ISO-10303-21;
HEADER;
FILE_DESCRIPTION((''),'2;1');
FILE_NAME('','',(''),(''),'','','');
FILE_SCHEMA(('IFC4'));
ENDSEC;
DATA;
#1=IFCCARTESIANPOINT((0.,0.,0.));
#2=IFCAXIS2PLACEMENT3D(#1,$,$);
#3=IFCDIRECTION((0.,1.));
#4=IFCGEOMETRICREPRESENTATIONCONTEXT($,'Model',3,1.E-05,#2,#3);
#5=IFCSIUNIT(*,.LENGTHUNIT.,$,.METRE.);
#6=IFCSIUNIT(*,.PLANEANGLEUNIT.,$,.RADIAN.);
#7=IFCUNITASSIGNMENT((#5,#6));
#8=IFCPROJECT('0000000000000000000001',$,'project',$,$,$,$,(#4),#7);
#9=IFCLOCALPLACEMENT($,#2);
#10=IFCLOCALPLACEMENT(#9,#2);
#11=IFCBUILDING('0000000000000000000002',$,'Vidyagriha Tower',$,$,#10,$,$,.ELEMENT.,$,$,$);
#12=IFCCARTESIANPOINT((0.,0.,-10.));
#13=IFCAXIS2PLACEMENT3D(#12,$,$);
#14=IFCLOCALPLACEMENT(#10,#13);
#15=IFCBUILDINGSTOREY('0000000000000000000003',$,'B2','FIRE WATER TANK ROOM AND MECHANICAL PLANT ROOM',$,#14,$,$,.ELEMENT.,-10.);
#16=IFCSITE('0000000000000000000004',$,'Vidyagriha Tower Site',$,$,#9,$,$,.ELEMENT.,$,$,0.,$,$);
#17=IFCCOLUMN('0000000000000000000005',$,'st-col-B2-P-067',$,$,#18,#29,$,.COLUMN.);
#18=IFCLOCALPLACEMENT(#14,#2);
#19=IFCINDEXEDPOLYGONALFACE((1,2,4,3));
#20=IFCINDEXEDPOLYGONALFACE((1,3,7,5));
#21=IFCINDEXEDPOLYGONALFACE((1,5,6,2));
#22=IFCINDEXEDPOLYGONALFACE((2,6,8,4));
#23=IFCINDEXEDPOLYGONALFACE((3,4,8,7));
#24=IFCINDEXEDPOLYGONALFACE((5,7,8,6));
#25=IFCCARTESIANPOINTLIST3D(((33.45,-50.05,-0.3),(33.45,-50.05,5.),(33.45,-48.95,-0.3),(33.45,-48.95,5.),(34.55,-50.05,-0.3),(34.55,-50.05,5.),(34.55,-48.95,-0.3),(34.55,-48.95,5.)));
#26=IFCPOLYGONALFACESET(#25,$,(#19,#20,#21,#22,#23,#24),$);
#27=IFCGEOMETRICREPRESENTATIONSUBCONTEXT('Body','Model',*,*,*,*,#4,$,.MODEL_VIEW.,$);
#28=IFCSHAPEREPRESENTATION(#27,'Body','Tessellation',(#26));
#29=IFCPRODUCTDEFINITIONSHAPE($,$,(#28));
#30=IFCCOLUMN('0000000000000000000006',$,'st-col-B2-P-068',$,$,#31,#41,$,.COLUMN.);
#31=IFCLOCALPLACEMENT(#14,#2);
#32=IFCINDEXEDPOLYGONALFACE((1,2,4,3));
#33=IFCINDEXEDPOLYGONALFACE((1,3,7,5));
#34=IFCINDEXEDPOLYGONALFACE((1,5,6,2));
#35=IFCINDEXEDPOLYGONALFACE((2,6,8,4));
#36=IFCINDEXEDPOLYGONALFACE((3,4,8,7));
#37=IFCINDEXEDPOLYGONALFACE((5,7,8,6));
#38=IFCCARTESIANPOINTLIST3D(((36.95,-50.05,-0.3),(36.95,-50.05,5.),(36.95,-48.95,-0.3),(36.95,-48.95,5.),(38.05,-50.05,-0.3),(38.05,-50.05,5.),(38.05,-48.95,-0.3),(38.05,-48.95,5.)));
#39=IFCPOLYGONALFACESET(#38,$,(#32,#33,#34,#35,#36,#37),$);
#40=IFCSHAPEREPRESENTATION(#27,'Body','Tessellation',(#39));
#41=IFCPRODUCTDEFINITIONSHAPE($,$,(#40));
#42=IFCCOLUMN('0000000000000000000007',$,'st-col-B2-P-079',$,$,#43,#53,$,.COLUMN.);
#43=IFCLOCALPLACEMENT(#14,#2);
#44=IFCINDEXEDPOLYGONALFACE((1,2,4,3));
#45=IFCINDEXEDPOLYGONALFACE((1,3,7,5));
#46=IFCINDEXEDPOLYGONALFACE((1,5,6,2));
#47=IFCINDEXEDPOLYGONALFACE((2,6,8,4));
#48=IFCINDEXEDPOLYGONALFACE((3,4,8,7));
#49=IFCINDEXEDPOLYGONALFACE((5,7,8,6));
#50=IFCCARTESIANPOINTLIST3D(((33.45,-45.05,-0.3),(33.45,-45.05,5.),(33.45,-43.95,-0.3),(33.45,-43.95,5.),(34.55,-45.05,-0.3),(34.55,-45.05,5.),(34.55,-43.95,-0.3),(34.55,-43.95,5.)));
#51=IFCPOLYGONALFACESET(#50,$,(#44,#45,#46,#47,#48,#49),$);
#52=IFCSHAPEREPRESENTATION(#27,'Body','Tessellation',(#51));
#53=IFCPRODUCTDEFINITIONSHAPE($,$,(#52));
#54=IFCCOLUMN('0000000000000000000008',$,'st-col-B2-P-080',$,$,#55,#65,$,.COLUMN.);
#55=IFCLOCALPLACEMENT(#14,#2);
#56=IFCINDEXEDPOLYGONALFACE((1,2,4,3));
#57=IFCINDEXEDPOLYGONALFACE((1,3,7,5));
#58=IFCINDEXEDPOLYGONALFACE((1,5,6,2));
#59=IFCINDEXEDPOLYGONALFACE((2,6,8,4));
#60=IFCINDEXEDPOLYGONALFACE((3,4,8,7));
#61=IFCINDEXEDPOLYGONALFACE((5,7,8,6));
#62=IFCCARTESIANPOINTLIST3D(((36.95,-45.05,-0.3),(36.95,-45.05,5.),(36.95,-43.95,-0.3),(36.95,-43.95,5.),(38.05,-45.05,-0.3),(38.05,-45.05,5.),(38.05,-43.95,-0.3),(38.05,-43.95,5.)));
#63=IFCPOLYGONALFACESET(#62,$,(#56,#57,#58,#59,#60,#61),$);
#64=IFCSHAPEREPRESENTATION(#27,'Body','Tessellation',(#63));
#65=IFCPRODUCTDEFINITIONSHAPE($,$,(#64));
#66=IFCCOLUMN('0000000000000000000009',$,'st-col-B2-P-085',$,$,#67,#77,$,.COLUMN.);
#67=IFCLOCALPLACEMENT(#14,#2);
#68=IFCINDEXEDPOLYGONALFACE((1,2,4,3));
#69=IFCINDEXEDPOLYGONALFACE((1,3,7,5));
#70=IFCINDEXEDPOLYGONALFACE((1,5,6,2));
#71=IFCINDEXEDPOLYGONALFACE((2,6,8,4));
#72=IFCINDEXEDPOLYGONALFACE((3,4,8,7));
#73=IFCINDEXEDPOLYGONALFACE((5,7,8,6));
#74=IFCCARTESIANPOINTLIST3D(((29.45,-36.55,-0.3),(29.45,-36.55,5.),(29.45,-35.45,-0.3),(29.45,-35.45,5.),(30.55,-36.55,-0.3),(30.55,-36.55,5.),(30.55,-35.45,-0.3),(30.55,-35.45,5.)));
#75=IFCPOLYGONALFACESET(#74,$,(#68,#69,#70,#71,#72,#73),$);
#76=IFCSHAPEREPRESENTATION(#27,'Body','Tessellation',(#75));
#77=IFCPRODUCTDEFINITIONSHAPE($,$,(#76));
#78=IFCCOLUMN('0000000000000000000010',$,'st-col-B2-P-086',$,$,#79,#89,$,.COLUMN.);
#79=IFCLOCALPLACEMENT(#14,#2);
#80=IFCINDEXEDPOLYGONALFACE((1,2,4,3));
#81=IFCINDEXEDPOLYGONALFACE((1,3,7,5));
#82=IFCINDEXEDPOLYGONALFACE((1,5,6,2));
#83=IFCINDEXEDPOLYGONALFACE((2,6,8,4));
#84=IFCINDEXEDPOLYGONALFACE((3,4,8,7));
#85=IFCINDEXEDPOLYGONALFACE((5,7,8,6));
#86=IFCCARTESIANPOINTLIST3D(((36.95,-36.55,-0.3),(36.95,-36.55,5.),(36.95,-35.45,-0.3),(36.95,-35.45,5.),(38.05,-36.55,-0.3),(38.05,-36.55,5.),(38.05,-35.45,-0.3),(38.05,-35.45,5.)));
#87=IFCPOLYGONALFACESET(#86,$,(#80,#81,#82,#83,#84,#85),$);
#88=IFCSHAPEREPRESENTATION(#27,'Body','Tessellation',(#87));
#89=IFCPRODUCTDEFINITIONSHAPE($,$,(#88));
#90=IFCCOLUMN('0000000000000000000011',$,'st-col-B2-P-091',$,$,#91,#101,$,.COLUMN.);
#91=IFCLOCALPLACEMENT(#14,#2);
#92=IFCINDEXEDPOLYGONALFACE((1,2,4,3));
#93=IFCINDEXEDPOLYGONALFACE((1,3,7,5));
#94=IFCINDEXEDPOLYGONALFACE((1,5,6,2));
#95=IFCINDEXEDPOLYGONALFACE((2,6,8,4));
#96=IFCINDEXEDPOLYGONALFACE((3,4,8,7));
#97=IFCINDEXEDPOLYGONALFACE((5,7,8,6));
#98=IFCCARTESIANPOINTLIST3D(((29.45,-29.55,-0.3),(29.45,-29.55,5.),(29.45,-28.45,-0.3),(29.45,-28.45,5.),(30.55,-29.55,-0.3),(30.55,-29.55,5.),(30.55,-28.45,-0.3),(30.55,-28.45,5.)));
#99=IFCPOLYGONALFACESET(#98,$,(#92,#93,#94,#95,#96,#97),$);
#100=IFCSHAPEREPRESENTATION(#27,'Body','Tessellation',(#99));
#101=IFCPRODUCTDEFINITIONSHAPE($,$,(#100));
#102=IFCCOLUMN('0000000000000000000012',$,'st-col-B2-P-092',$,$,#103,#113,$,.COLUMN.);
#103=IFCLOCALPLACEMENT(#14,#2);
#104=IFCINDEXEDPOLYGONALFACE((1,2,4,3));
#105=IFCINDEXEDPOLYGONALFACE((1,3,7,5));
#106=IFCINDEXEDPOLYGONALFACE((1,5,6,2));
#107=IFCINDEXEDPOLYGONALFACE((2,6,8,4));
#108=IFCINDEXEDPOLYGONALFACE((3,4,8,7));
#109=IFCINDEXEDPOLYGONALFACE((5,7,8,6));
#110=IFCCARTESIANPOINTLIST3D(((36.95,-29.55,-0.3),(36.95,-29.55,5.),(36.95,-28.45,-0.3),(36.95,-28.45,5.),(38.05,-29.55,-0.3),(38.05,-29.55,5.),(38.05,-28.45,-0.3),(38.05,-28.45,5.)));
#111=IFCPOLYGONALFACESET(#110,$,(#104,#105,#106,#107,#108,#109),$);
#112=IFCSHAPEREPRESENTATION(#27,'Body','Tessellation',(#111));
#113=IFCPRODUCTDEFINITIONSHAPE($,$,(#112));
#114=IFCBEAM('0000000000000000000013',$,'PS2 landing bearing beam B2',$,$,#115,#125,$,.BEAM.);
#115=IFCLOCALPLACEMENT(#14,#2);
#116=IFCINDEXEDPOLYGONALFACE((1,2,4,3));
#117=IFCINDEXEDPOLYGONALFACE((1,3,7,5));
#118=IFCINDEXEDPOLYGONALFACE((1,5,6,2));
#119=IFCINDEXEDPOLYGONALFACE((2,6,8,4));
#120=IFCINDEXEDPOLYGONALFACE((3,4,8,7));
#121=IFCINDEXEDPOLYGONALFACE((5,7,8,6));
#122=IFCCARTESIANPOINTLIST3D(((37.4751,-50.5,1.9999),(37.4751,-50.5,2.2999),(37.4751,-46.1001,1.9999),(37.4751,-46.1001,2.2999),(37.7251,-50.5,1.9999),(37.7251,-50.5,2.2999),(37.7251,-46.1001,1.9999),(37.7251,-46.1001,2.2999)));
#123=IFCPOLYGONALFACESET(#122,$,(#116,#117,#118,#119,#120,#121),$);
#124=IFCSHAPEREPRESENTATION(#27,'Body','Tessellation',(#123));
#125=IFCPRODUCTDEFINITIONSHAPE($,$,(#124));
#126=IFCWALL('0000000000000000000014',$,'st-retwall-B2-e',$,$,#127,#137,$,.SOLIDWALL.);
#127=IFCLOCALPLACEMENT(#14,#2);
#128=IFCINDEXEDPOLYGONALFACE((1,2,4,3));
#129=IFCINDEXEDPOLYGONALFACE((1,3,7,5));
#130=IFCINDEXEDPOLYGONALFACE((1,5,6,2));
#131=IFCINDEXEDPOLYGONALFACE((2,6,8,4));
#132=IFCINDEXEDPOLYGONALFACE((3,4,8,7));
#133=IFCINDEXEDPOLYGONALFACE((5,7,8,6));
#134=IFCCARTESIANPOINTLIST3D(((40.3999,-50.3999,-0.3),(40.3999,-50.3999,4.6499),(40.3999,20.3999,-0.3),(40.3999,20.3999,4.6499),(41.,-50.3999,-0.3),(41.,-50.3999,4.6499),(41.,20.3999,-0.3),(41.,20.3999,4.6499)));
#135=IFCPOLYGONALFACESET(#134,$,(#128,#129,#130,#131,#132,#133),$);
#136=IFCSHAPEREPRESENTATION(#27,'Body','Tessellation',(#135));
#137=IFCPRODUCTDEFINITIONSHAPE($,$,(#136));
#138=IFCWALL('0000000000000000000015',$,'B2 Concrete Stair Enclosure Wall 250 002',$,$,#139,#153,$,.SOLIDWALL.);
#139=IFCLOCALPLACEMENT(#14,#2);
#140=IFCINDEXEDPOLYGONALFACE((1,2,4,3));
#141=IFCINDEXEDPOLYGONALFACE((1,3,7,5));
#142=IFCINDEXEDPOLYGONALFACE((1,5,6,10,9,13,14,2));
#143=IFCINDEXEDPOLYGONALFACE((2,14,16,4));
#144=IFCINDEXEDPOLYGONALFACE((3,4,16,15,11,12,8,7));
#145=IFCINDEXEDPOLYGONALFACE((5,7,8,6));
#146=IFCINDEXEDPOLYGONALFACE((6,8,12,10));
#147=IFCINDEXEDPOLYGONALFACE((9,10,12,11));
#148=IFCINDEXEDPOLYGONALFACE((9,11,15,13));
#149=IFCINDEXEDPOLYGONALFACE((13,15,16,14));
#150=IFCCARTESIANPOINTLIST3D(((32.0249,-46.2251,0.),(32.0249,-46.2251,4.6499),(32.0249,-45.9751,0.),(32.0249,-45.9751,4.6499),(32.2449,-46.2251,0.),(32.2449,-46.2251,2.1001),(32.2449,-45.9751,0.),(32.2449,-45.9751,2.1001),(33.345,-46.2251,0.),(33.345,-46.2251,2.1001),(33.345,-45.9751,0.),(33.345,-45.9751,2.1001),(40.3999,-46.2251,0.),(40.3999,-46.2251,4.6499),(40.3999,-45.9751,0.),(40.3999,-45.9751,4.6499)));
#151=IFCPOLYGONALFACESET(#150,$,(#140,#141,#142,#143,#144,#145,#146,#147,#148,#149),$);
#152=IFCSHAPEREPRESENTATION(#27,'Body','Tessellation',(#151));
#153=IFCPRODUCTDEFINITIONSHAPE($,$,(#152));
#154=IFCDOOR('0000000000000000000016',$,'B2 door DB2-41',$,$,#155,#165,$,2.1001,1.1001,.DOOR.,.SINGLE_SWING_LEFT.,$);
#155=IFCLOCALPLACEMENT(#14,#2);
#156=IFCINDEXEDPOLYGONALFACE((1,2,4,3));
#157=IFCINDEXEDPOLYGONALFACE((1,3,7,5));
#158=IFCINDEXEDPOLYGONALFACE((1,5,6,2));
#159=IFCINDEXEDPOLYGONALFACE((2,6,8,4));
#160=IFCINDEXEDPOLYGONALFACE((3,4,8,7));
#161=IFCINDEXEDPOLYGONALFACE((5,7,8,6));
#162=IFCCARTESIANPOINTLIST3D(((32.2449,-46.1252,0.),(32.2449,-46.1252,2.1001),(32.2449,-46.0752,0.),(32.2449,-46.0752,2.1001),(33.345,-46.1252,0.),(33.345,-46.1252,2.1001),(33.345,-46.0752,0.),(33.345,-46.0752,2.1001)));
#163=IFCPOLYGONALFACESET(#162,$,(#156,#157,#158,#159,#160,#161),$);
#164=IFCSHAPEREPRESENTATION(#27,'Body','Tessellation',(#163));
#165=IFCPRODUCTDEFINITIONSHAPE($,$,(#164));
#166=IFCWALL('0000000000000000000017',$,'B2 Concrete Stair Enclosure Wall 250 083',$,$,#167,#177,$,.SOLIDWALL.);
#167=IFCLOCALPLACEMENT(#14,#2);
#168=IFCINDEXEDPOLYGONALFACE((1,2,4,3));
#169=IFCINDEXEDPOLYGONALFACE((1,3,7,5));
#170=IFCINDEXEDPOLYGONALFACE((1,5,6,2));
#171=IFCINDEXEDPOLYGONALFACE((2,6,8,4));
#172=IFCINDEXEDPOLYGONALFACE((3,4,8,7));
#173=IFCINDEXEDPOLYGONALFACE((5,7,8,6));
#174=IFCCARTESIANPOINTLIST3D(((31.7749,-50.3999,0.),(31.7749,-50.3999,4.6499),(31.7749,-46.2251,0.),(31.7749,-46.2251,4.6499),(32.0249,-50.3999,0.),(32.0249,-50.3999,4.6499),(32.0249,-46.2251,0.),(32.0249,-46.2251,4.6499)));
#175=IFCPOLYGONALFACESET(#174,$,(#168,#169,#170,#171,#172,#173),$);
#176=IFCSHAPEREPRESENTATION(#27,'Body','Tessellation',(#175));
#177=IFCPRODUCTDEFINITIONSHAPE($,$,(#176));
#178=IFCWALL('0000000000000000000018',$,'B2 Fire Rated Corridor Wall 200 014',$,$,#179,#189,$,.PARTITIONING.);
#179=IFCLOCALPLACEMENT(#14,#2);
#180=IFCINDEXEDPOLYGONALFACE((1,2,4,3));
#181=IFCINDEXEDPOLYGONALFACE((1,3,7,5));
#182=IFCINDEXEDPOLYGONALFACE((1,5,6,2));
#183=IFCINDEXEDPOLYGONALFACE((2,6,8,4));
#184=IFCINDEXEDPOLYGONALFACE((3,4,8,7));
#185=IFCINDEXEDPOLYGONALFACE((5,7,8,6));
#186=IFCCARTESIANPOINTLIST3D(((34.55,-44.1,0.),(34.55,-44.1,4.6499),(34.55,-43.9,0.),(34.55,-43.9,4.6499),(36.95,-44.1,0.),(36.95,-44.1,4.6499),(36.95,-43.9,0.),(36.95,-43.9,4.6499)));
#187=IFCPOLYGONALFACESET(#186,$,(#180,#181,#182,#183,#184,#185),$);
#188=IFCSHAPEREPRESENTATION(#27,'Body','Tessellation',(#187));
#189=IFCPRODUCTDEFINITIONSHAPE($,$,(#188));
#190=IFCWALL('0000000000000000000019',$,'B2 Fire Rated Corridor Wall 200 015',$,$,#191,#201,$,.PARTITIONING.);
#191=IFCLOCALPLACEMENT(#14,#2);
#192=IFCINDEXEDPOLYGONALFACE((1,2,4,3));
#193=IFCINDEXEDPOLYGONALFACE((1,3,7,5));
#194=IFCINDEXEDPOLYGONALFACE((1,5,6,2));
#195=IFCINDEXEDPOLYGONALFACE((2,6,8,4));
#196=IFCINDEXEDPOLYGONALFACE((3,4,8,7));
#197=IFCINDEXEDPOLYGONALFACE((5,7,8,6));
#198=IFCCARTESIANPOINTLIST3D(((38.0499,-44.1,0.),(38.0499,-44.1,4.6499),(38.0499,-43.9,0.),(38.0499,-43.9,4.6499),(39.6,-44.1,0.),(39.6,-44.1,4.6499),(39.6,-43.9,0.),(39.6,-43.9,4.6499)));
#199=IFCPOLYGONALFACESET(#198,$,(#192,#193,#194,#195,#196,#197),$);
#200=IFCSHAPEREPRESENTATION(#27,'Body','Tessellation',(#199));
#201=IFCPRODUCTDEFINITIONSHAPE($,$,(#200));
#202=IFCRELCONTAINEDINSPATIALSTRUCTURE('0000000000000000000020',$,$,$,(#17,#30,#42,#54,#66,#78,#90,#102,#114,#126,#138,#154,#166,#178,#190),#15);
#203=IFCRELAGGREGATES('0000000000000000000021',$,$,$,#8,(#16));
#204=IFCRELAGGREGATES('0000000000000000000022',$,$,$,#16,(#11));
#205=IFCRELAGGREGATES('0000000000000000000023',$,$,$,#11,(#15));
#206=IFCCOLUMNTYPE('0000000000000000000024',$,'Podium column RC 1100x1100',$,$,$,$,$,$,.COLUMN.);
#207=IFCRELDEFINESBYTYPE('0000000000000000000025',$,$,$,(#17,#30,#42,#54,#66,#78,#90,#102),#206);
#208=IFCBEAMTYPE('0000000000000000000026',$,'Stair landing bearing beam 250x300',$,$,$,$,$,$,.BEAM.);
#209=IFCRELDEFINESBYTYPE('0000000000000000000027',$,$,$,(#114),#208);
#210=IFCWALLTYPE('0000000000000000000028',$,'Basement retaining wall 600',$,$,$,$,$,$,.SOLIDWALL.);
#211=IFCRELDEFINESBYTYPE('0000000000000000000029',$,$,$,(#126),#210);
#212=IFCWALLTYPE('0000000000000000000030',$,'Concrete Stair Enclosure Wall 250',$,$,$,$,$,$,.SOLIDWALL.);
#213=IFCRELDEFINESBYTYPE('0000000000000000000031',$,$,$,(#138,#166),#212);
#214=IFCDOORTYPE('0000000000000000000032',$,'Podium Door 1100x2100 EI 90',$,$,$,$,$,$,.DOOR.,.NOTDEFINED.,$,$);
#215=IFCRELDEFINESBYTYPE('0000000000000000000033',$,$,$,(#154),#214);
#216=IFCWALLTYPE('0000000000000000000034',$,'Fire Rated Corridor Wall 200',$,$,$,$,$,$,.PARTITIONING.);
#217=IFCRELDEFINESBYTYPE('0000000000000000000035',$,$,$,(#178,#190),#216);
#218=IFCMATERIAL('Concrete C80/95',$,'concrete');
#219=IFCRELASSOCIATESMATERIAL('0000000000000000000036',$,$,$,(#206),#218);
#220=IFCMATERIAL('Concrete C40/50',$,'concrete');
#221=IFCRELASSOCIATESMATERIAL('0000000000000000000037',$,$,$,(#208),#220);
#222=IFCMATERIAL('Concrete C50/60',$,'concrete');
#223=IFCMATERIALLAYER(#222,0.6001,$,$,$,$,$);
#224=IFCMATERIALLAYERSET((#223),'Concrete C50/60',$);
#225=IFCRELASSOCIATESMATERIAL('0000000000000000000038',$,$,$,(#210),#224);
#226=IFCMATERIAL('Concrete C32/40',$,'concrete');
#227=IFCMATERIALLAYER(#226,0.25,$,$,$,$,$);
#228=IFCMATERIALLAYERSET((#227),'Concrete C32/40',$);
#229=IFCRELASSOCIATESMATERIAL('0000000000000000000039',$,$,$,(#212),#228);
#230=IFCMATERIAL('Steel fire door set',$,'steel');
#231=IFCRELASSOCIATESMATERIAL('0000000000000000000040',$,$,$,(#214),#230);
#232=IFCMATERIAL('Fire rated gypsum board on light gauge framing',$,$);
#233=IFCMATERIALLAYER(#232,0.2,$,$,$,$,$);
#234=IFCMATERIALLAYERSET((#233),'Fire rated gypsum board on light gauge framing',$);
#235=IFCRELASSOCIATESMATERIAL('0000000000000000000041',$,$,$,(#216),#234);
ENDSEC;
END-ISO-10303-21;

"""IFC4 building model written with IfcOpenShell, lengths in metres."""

from ifc_helpers import new_model, si_unit, direction, frame, frame_2d, origin, origin_2d, place, context, subcontext, project, spatial, rectangle, extrude, material, layer, layer_set, material_profile, profile_set, type_object, element, fill, save


model = new_model("IFC4")

# Units and contexts
model_context = context("Model", 3, precision=1e-05, world=origin(), true_north=direction((0.0, 1.0)))
body_context = subcontext(model_context, "Body", "Model", "MODEL_VIEW")
ifc_project = project(units=[si_unit("LENGTHUNIT", "METRE"), si_unit("PLANEANGLEUNIT", "RADIAN")], contexts=[model_context])

# Site, building, storey
site_placement = place(None, origin())
site = spatial("IfcSite", under=ifc_project, at=site_placement, Name="Vidyagriha Tower Site", CompositionType="ELEMENT", RefElevation=0.0)
building_placement = place(site_placement, origin())
building = spatial("IfcBuilding", under=site, at=building_placement, Name="Vidyagriha Tower", CompositionType="ELEMENT")
storey_placement = place(building_placement, frame((0.0, 0.0, -10.0)))
storey = spatial("IfcBuildingStorey", under=building, at=storey_placement, Name="B2", Description="FIRE WATER TANK ROOM AND MECHANICAL PLANT ROOM", CompositionType="ELEMENT", Elevation=-10.0)

# Columns
ifc_material_1 = material(Name="Concrete C80/95", Category="concrete")
ifc_material_profile_1 = material_profile(ifc_material_1, rectangle(XDim=1.1001, YDim=1.1001, at=origin_2d()), Name="RC 1100x1100")
ifc_profile_set_1 = profile_set([ifc_material_profile_1], Name="Concrete C80/95")
column_type = type_object("IfcColumnType", Name="Podium column RC 1100x1100", PredefinedType="COLUMN", material=ifc_profile_set_1)
for number, where, name in (
    (1, (34.0, -49.5, -0.3), "st-col-B2-P-067"),
    (2, (37.5, -49.5, -0.3), "st-col-B2-P-068"),
    (3, (34.0, -44.5, -0.3), "st-col-B2-P-079"),
    (4, (37.5, -44.5, -0.3), "st-col-B2-P-080"),
    (5, (30.0, -36.0, -0.3), "st-col-B2-P-085"),
    (6, (37.5, -36.0, -0.3), "st-col-B2-P-086"),
    (7, (30.0, -29.0, -0.3), "st-col-B2-P-091"),
    (8, (37.5, -29.0, -0.3), "st-col-B2-P-092"),
):
    element("IfcColumn", number, at=place(storey_placement, frame(where)), inside=storey, type_object=column_type, Name=name, PredefinedType="COLUMN", context=body_context, shape_type="SweptSolid", body=[
        extrude(rectangle(XDim=1.1001, YDim=1.1001, at=origin_2d()), origin(), (0.0, 0.0, 1.0), 5.3),
    ])

# Beam
ifc_material_2 = material(Name="Concrete C40/50", Category="concrete")
ifc_material_profile_2 = material_profile(ifc_material_2, rectangle(XDim=0.25, YDim=0.3, at=origin_2d()), Name="Stair landing bearing beam 250x300")
ifc_profile_set_2 = profile_set([ifc_material_profile_2], Name="Concrete C40/50")
beam_type = type_object("IfcBeamType", Name="Stair landing bearing beam 250x300", PredefinedType="BEAM", material=ifc_profile_set_2)
beam_placement = place(storey_placement, frame((37.6001, -50.5, 2.1499), z_axis=(0.0, 1.0, 0.0), x_axis=(-1.0, 0.0, 0.0)))
element("IfcBeam", 9, at=beam_placement, inside=storey, type_object=beam_type, Name="PS2 landing bearing beam B2", PredefinedType="BEAM", context=body_context, shape_type="SweptSolid", body=[
    extrude(rectangle(XDim=0.25, YDim=0.3, at=origin_2d()), origin(), (0.0, 0.0, 1.0), 4.3999),
])

# Wall
ifc_material_3 = material(Name="Concrete C50/60", Category="concrete")
ifc_layer_1 = layer(ifc_material_3, 0.6001)
ifc_layer_set_1 = layer_set([ifc_layer_1], Name="Concrete C50/60")
wall_type_1 = type_object("IfcWallType", Name="Basement retaining wall 600", PredefinedType="SOLIDWALL", material=ifc_layer_set_1)
wall_1_placement = place(storey_placement, frame((40.7, -50.3999, -0.3), z_axis=(0.0, 0.0, 1.0), x_axis=(0.0, 1.0, 0.0)))
element("IfcWall", 10, at=wall_1_placement, inside=storey, type_object=wall_type_1, Name="st-retwall-B2-e", PredefinedType="SOLIDWALL", context=body_context, shape_type="SweptSolid", body=[
    extrude(rectangle(XDim=70.7998, YDim=0.6001, at=frame_2d((35.3999, 0.0))), origin(), (0.0, 0.0, 1.0), 4.95),
])

# Wall, opening, door
ifc_material_4 = material(Name="Concrete C32/40", Category="concrete")
ifc_layer_2 = layer(ifc_material_4, 0.25)
ifc_layer_set_2 = layer_set([ifc_layer_2], Name="Concrete C32/40")
wall_type_2 = type_object("IfcWallType", Name="Concrete Stair Enclosure Wall 250", PredefinedType="SOLIDWALL", material=ifc_layer_set_2)
wall_2_placement = place(storey_placement, frame((32.0249, -46.1001, 0.0)))
wall_2 = element("IfcWall", 11, at=wall_2_placement, inside=storey, type_object=wall_type_2, Name="B2 Concrete Stair Enclosure Wall 250 002", PredefinedType="SOLIDWALL", context=body_context, shape_type="SweptSolid", body=[
    extrude(rectangle(XDim=8.375, YDim=0.25, at=frame_2d((4.1875, 0.0))), origin(), (0.0, 0.0, 1.0), 4.6499),
])
opening_placement = place(wall_2_placement, frame((0.22, 0.0, 0.0)))
opening = element("IfcOpeningElement", 12, at=opening_placement, cuts=wall_2, PredefinedType="OPENING", context=body_context, shape_type="SweptSolid", body=[
    extrude(rectangle(XDim=1.1001, YDim=2.1001, at=frame_2d((0.55, 1.05))), frame((0.0, 0.135, 0.0), z_axis=(0.0, -1.0, 0.0), x_axis=(1.0, 0.0, 0.0)), (0.0, 0.0, 1.0), 0.27),
])
ifc_material_5 = material(Name="Steel fire door set", Category="steel")
door_type = type_object("IfcDoorType", Name="Podium Door 1100x2100 EI 90", OperationType="NOTDEFINED", PredefinedType="DOOR", material=ifc_material_5)
door_placement = place(opening_placement, origin())
door = element("IfcDoor", 13, at=door_placement, inside=storey, type_object=door_type, Name="B2 door DB2-41", OperationType="SINGLE_SWING_LEFT", OverallHeight=2.1001, OverallWidth=1.1001, PredefinedType="DOOR", context=body_context, shape_type="SweptSolid", body=[
    extrude(rectangle(XDim=1.1001, YDim=2.1001, at=frame_2d((0.55, 1.05))), frame((0.0, 0.0249, 0.0), z_axis=(0.0, -1.0, 0.0), x_axis=(1.0, 0.0, 0.0)), (0.0, 0.0, 1.0), 0.05),
])
fill(opening, door)

# Walls
wall_3_placement = place(storey_placement, frame((31.8999, -50.3999, 0.0), z_axis=(0.0, 0.0, 1.0), x_axis=(0.0, 1.0, 0.0)))
element("IfcWall", 14, at=wall_3_placement, inside=storey, type_object=wall_type_2, Name="B2 Concrete Stair Enclosure Wall 250 083", PredefinedType="SOLIDWALL", context=body_context, shape_type="SweptSolid", body=[
    extrude(rectangle(XDim=4.1748, YDim=0.25, at=frame_2d((2.0874, 0.0))), origin(), (0.0, 0.0, 1.0), 4.6499),
])
ifc_material_6 = material(Name="Fire rated gypsum board on light gauge framing")
ifc_layer_3 = layer(ifc_material_6, 0.2)
ifc_layer_set_3 = layer_set([ifc_layer_3], Name="Fire rated gypsum board on light gauge framing")
wall_type_3 = type_object("IfcWallType", Name="Fire Rated Corridor Wall 200", PredefinedType="PARTITIONING", material=ifc_layer_set_3)
wall_4_placement = place(storey_placement, frame((34.55, -44.0, 0.0)))
element("IfcWall", 15, at=wall_4_placement, inside=storey, type_object=wall_type_3, Name="B2 Fire Rated Corridor Wall 200 014", PredefinedType="PARTITIONING", context=body_context, shape_type="SweptSolid", body=[
    extrude(rectangle(XDim=2.3999, YDim=0.2, at=frame_2d((1.2, 0.0))), origin(), (0.0, 0.0, 1.0), 4.6499),
])
wall_5_placement = place(storey_placement, frame((38.05, -44.0, 0.0)))
element("IfcWall", 16, at=wall_5_placement, inside=storey, type_object=wall_type_3, Name="B2 Fire Rated Corridor Wall 200 015", PredefinedType="PARTITIONING", context=body_context, shape_type="SweptSolid", body=[
    extrude(rectangle(XDim=1.55, YDim=0.2, at=frame_2d((0.7749, 0.0))), origin(), (0.0, 0.0, 1.0), 4.6499),
])

save(model, "model.ifc")
